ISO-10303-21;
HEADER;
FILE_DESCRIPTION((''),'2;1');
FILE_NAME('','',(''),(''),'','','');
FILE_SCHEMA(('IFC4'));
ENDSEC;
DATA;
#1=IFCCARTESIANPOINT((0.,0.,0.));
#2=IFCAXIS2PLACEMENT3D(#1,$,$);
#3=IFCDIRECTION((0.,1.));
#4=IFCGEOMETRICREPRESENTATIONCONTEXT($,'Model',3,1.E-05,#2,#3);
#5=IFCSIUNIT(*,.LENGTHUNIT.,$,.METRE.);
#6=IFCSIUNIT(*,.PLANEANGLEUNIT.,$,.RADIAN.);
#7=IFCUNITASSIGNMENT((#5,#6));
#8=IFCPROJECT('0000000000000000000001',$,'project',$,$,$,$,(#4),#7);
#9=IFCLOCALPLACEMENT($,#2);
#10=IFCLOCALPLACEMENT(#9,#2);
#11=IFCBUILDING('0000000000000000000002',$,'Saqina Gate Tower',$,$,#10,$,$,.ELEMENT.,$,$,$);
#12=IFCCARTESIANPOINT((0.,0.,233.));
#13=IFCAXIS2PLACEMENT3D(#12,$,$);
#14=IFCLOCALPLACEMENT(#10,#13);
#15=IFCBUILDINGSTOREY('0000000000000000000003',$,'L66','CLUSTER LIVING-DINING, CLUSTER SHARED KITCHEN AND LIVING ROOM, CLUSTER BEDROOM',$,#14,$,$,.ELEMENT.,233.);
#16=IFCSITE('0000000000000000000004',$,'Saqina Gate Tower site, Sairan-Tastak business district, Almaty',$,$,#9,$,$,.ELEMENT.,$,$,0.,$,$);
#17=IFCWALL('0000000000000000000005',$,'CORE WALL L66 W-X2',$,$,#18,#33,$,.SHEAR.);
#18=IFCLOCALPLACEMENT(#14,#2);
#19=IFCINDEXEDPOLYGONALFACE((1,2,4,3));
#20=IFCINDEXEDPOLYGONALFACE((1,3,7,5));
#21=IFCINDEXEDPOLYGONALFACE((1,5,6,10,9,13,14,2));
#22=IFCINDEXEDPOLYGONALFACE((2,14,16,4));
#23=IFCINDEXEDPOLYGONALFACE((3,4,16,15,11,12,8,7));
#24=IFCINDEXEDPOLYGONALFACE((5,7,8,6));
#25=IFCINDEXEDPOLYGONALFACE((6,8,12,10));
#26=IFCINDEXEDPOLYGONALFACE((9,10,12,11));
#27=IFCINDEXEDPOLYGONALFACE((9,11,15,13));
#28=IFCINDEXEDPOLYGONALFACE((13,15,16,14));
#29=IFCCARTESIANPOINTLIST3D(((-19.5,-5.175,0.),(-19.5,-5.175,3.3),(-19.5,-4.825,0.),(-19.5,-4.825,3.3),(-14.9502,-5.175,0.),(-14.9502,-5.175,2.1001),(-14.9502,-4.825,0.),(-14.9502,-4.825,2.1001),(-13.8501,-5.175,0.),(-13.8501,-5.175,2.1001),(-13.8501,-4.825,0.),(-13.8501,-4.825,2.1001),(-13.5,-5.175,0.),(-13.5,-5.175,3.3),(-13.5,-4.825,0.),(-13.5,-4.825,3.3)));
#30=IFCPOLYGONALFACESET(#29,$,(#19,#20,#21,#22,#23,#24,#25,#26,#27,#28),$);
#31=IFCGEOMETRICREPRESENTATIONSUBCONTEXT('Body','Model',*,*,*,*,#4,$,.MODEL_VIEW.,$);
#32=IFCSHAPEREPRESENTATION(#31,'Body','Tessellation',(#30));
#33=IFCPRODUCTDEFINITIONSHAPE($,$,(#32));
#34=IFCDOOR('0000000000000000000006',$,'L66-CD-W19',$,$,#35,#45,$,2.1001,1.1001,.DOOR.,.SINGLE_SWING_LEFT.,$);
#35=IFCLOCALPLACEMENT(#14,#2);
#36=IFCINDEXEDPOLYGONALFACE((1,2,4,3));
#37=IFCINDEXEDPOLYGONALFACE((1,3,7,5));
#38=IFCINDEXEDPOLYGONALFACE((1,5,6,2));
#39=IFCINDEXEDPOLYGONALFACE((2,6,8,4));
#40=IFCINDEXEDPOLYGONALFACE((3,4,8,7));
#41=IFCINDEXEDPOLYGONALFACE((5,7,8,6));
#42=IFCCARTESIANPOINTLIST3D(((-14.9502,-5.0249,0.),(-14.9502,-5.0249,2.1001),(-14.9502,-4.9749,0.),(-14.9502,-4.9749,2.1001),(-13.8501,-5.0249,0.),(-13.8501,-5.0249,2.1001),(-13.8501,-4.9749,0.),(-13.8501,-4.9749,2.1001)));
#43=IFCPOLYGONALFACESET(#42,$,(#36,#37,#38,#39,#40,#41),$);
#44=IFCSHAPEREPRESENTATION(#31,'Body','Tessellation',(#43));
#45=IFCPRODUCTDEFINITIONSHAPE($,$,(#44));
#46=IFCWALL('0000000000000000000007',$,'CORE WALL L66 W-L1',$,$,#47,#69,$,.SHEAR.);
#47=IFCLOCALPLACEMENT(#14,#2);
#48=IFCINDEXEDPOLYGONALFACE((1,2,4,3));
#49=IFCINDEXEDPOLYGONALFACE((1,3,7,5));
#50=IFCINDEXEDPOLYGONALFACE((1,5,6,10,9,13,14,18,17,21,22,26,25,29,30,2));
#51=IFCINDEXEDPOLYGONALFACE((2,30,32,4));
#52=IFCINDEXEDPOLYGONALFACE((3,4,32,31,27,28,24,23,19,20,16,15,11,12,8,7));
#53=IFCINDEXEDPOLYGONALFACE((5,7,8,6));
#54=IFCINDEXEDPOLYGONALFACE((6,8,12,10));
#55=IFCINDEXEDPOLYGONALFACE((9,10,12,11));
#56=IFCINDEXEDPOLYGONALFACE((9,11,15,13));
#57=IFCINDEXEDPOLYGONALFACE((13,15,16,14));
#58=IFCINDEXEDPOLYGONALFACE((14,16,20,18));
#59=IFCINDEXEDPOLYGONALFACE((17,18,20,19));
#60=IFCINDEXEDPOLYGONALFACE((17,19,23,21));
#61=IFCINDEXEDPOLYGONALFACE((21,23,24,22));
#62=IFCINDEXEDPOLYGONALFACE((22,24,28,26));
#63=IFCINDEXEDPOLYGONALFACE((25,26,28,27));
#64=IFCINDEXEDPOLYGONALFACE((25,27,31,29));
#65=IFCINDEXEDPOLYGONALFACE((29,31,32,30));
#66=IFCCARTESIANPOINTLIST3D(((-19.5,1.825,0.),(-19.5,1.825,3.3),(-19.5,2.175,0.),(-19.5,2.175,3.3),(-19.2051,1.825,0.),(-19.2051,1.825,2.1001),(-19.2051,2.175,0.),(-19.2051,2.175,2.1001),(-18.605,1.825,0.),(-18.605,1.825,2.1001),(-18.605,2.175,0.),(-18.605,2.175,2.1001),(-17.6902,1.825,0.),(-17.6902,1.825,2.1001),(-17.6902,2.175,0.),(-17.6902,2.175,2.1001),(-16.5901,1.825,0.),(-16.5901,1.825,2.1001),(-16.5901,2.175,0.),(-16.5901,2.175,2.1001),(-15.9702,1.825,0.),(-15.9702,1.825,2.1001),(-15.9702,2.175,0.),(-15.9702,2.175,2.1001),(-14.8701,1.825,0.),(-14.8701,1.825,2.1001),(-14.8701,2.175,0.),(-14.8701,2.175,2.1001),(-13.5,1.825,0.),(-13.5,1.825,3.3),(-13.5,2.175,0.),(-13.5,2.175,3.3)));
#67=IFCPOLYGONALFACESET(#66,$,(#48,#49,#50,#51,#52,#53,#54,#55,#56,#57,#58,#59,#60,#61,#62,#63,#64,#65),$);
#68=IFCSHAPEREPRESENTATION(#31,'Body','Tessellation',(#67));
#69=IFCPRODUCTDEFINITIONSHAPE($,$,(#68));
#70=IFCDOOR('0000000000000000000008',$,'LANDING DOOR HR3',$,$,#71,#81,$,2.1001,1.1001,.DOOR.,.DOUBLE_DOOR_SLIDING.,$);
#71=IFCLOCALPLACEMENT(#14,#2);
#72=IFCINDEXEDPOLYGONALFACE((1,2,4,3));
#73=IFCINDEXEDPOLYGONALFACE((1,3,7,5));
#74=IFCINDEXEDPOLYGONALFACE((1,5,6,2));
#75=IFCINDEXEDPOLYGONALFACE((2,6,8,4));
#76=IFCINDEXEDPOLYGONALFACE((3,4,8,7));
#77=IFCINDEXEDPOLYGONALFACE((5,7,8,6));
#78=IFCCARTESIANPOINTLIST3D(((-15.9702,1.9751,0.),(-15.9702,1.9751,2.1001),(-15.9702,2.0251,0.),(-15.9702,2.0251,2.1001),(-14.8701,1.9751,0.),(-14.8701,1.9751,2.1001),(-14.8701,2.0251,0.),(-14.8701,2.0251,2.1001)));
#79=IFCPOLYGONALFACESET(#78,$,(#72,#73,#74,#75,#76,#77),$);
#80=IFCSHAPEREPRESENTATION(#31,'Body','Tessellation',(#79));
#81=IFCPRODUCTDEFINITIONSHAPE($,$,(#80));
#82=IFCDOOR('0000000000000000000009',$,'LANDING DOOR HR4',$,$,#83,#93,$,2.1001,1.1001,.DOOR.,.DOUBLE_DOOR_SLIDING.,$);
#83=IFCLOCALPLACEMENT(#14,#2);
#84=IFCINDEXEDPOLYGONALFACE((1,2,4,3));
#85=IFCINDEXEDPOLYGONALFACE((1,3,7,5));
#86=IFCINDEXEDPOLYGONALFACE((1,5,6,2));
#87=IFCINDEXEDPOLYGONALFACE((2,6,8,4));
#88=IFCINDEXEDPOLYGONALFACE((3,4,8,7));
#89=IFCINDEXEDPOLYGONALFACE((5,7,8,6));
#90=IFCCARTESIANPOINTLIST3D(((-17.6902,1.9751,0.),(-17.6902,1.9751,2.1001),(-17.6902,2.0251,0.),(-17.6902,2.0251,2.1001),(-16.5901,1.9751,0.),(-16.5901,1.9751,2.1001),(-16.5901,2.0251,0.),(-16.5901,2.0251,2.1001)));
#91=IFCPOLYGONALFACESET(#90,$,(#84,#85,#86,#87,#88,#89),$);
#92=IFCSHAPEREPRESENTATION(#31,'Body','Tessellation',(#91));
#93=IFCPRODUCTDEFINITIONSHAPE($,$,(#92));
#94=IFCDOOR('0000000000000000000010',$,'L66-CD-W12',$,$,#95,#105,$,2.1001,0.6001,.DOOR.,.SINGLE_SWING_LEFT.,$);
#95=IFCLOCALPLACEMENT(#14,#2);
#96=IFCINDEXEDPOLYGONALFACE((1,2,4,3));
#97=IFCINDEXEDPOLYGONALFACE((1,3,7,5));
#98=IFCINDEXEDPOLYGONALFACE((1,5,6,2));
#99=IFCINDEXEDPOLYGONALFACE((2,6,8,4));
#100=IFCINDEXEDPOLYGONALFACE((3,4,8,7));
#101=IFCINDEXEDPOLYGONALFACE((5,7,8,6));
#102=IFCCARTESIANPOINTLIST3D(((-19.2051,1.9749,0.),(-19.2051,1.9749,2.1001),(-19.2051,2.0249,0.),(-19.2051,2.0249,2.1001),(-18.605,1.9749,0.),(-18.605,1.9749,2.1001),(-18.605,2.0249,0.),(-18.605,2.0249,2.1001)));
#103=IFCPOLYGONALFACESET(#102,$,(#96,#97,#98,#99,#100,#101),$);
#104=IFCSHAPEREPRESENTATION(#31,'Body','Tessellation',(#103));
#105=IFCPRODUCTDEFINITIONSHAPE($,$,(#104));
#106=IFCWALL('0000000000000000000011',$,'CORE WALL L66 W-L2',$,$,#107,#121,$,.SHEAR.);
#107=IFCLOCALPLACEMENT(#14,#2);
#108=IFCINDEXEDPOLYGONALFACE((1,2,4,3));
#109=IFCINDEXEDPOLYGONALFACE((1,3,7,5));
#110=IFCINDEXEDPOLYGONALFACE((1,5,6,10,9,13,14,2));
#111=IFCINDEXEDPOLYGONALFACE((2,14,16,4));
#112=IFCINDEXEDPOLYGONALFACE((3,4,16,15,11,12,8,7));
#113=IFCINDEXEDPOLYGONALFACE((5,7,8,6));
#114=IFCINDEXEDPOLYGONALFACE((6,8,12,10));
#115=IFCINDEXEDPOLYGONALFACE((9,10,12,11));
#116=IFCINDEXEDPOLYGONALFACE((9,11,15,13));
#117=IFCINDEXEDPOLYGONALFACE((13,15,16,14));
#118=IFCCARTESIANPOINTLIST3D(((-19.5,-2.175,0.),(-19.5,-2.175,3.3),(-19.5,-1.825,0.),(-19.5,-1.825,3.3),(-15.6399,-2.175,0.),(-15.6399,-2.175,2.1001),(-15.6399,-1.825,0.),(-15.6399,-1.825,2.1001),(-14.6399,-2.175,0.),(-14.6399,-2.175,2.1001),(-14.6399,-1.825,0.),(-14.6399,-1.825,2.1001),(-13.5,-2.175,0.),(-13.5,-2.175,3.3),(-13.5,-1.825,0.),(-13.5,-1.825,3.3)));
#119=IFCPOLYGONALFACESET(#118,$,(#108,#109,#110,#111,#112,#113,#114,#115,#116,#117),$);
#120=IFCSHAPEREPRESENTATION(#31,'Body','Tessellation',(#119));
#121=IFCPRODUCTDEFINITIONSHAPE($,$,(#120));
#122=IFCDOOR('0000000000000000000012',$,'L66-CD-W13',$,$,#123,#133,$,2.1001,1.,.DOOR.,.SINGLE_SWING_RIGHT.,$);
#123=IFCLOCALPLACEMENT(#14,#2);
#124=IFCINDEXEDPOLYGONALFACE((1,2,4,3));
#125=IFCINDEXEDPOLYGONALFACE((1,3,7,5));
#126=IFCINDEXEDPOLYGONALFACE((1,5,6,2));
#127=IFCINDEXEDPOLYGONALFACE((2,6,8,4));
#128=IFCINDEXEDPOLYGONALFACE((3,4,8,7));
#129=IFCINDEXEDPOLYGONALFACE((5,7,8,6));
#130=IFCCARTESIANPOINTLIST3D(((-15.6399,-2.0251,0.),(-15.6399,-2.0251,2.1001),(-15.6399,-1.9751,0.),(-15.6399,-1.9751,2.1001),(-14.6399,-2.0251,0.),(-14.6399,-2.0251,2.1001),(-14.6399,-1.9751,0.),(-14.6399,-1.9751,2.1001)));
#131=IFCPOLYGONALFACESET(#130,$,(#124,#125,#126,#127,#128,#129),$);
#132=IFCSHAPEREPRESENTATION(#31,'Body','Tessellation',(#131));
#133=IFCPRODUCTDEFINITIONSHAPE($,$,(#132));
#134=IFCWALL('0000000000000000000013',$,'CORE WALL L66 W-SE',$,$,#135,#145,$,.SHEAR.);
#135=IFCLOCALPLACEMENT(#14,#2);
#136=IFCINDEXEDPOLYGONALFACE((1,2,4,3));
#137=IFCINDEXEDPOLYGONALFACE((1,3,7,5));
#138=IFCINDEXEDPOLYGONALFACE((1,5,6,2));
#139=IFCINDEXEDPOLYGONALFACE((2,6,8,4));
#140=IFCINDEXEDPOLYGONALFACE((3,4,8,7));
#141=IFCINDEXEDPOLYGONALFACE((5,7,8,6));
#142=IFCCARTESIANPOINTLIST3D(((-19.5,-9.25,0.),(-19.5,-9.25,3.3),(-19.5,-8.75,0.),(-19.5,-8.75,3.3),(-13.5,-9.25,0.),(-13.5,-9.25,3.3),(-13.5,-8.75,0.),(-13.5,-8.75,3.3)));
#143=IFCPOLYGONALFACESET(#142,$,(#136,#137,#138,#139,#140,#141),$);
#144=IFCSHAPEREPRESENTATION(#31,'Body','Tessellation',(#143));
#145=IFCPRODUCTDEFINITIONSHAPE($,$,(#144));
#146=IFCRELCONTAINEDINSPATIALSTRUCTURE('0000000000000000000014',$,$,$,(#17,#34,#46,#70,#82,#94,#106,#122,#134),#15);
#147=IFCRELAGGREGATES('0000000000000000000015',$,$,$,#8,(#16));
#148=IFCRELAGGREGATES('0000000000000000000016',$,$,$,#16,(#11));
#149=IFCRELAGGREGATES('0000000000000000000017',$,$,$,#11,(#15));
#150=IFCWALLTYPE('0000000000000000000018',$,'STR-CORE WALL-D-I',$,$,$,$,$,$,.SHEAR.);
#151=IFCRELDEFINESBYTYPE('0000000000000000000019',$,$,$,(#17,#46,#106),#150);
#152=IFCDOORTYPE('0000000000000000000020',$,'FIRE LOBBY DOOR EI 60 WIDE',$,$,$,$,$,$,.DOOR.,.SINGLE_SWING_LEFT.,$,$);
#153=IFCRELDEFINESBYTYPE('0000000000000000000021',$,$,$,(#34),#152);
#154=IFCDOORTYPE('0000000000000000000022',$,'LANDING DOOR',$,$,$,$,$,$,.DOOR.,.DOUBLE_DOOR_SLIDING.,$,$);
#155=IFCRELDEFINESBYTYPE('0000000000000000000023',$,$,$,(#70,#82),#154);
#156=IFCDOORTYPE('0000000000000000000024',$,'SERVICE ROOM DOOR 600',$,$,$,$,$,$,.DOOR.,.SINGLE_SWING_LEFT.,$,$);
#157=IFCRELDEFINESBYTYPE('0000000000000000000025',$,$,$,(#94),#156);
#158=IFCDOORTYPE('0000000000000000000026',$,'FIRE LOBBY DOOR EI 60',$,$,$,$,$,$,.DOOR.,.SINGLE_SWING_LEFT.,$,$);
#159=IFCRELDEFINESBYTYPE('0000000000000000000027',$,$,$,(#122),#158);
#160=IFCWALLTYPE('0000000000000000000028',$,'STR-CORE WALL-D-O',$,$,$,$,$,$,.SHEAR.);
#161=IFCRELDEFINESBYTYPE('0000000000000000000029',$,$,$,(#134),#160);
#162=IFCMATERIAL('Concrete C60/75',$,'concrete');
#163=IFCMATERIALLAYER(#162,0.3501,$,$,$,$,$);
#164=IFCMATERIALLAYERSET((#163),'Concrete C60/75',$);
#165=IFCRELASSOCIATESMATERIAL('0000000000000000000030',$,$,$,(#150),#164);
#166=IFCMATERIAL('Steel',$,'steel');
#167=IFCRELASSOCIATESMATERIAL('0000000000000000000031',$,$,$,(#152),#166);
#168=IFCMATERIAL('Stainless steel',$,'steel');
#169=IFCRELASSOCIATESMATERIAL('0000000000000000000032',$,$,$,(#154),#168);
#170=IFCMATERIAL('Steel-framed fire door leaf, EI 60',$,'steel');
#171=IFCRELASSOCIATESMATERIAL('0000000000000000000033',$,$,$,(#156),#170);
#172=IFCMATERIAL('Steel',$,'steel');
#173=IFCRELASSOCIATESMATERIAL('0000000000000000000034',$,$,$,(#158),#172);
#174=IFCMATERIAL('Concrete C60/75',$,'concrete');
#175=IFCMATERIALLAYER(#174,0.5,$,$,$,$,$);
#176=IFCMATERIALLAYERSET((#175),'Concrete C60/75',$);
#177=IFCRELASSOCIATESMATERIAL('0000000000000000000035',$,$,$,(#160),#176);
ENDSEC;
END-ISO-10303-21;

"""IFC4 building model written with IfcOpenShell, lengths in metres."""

from ifc_helpers import new_model, si_unit, direction, frame, frame_2d, origin, place, context, subcontext, project, spatial, rectangle, extrude, material, layer, layer_set, type_object, element, fill, save


model = new_model("IFC4")

# Units and contexts
model_context = context("Model", 3, precision=1e-05, world=origin(), true_north=direction((0.0, 1.0)))
body_context = subcontext(model_context, "Body", "Model", "MODEL_VIEW")
ifc_project = project(units=[si_unit("LENGTHUNIT", "METRE"), si_unit("PLANEANGLEUNIT", "RADIAN")], contexts=[model_context])

# Site, building, storey
site_placement = place(None, origin())
site = spatial("IfcSite", under=ifc_project, at=site_placement, Name="Saqina Gate Tower site, Sairan-Tastak business district, Almaty", CompositionType="ELEMENT", RefElevation=0.0)
building_placement = place(site_placement, origin())
building = spatial("IfcBuilding", under=site, at=building_placement, Name="Saqina Gate Tower", CompositionType="ELEMENT")
storey_placement = place(building_placement, frame((0.0, 0.0, 233.0)))
storey = spatial("IfcBuildingStorey", under=building, at=storey_placement, Name="L66", Description="CLUSTER LIVING-DINING, CLUSTER SHARED KITCHEN AND LIVING ROOM, CLUSTER BEDROOM", CompositionType="ELEMENT", Elevation=233.0)

# Wall, opening, door
ifc_material_1 = material(Name="Concrete C60/75", Category="concrete")
ifc_layer_1 = layer(ifc_material_1, 0.3501)
ifc_layer_set_1 = layer_set([ifc_layer_1], Name="Concrete C60/75")
wall_type_1 = type_object("IfcWallType", Name="STR-CORE WALL-D-I", PredefinedType="SHEAR", material=ifc_layer_set_1)
wall_1_placement = place(storey_placement, frame((-13.5, -5.0, 0.0), z_axis=(0.0, 0.0, 1.0), x_axis=(-1.0, 0.0, 0.0)))
wall_1 = element("IfcWall", 1, at=wall_1_placement, inside=storey, type_object=wall_type_1, Name="CORE WALL L66 W-X2", PredefinedType="SHEAR", context=body_context, shape_type="SweptSolid", body=[
    extrude(rectangle(XDim=6.0, YDim=0.3501, at=frame_2d((3.0, 0.0))), origin(), (0.0, 0.0, 1.0), 3.3),
])
opening_1_placement = place(wall_1_placement, frame((0.3501, 0.0, 0.0)))
opening_1 = element("IfcOpeningElement", 2, at=opening_1_placement, cuts=wall_1, PredefinedType="OPENING", context=body_context, shape_type="SweptSolid", body=[
    extrude(rectangle(XDim=1.1001, YDim=2.1001, at=frame_2d((0.55, 1.05))), frame((0.0, 0.187, 0.0), z_axis=(0.0, -1.0, 0.0), x_axis=(1.0, 0.0, 0.0)), (0.0, 0.0, 1.0), 0.374),
])
ifc_material_2 = material(Name="Steel", Category="steel")
door_type_1 = type_object("IfcDoorType", Name="FIRE LOBBY DOOR EI 60 WIDE", OperationType="SINGLE_SWING_LEFT", PredefinedType="DOOR", material=ifc_material_2)
door_1_placement = place(opening_1_placement, origin())
door_1 = element("IfcDoor", 3, at=door_1_placement, inside=storey, type_object=door_type_1, Name="L66-CD-W19", OperationType="SINGLE_SWING_LEFT", OverallHeight=2.1001, OverallWidth=1.1001, PredefinedType="DOOR", context=body_context, shape_type="SweptSolid", body=[
    extrude(rectangle(XDim=1.1001, YDim=2.1001, at=frame_2d((0.55, 1.05))), frame((0.0, 0.0249, 0.0), z_axis=(0.0, -1.0, 0.0), x_axis=(1.0, 0.0, 0.0)), (0.0, 0.0, 1.0), 0.05),
])
fill(opening_1, door_1)

# Wall, openings, doors
wall_2_placement = place(storey_placement, frame((-13.5, 2.0, 0.0), z_axis=(0.0, 0.0, 1.0), x_axis=(-1.0, 0.0, 0.0)))
wall_2 = element("IfcWall", 4, at=wall_2_placement, inside=storey, type_object=wall_type_1, Name="CORE WALL L66 W-L1", PredefinedType="SHEAR", context=body_context, shape_type="SweptSolid", body=[
    extrude(rectangle(XDim=6.0, YDim=0.3501, at=frame_2d((3.0, 0.0))), origin(), (0.0, 0.0, 1.0), 3.3),
])
opening_2_placement = place(wall_2_placement, frame((1.3701, 0.0, 0.0)))
opening_2 = element("IfcOpeningElement", 5, at=opening_2_placement, cuts=wall_2, PredefinedType="OPENING", context=body_context, shape_type="SweptSolid", body=[
    extrude(rectangle(XDim=1.1001, YDim=2.1001, at=frame_2d((0.55, 1.05))), frame((0.0, 0.187, 0.0), z_axis=(0.0, -1.0, 0.0), x_axis=(1.0, 0.0, 0.0)), (0.0, 0.0, 1.0), 0.374),
])
opening_3_placement = place(wall_2_placement, frame((3.0901, 0.0, 0.0)))
opening_3 = element("IfcOpeningElement", 6, at=opening_3_placement, cuts=wall_2, PredefinedType="OPENING", context=body_context, shape_type="SweptSolid", body=[
    extrude(rectangle(XDim=1.1001, YDim=2.1001, at=frame_2d((0.55, 1.05))), frame((0.0, 0.187, 0.0), z_axis=(0.0, -1.0, 0.0), x_axis=(1.0, 0.0, 0.0)), (0.0, 0.0, 1.0), 0.374),
])
opening_4_placement = place(wall_2_placement, frame((5.105, 0.0, 0.0)))
opening_4 = element("IfcOpeningElement", 7, at=opening_4_placement, cuts=wall_2, PredefinedType="OPENING", context=body_context, shape_type="SweptSolid", body=[
    extrude(rectangle(XDim=0.6001, YDim=2.1001, at=frame_2d((0.3, 1.05))), frame((0.0, 0.187, 0.0), z_axis=(0.0, -1.0, 0.0), x_axis=(1.0, 0.0, 0.0)), (0.0, 0.0, 1.0), 0.374),
])
ifc_material_3 = material(Name="Stainless steel", Category="steel")
door_type_2 = type_object("IfcDoorType", Name="LANDING DOOR", OperationType="DOUBLE_DOOR_SLIDING", PredefinedType="DOOR", material=ifc_material_3)
door_2_placement = place(opening_2_placement, origin())
door_2 = element("IfcDoor", 8, at=door_2_placement, inside=storey, type_object=door_type_2, Name="LANDING DOOR HR3", OperationType="DOUBLE_DOOR_SLIDING", OverallHeight=2.1001, OverallWidth=1.1001, PredefinedType="DOOR", context=body_context, shape_type="SweptSolid", body=[
    extrude(rectangle(XDim=1.1001, YDim=2.1001, at=frame_2d((0.55, 1.05))), frame((0.0, 0.0249, 0.0), z_axis=(0.0, -1.0, 0.0), x_axis=(1.0, 0.0, 0.0)), (0.0, 0.0, 1.0), 0.05),
])
fill(opening_2, door_2)
door_3_placement = place(opening_3_placement, origin())
door_3 = element("IfcDoor", 9, at=door_3_placement, inside=storey, type_object=door_type_2, Name="LANDING DOOR HR4", OperationType="DOUBLE_DOOR_SLIDING", OverallHeight=2.1001, OverallWidth=1.1001, PredefinedType="DOOR", context=body_context, shape_type="SweptSolid", body=[
    extrude(rectangle(XDim=1.1001, YDim=2.1001, at=frame_2d((0.55, 1.05))), frame((0.0, 0.0249, 0.0), z_axis=(0.0, -1.0, 0.0), x_axis=(1.0, 0.0, 0.0)), (0.0, 0.0, 1.0), 0.05),
])
fill(opening_3, door_3)
ifc_material_4 = material(Name="Steel-framed fire door leaf, EI 60", Category="steel")
door_type_3 = type_object("IfcDoorType", Name="SERVICE ROOM DOOR 600", OperationType="SINGLE_SWING_LEFT", PredefinedType="DOOR", material=ifc_material_4)
door_4_placement = place(opening_4_placement, frame((0.6001, 0.0, 0.0), z_axis=(0.0, 0.0, 1.0), x_axis=(-1.0, 0.0, 0.0)))
door_4 = element("IfcDoor", 10, at=door_4_placement, inside=storey, type_object=door_type_3, Name="L66-CD-W12", OperationType="SINGLE_SWING_LEFT", OverallHeight=2.1001, OverallWidth=0.6001, PredefinedType="DOOR", context=body_context, shape_type="SweptSolid", body=[
    extrude(rectangle(XDim=0.6001, YDim=2.1001, at=frame_2d((0.3, 1.05))), frame((0.0, 0.0249, 0.0), z_axis=(0.0, -1.0, 0.0), x_axis=(1.0, 0.0, 0.0)), (0.0, 0.0, 1.0), 0.05),
])
fill(opening_4, door_4)

# Wall, opening, door
wall_3_placement = place(storey_placement, frame((-13.5, -2.0, 0.0), z_axis=(0.0, 0.0, 1.0), x_axis=(-1.0, 0.0, 0.0)))
wall_3 = element("IfcWall", 11, at=wall_3_placement, inside=storey, type_object=wall_type_1, Name="CORE WALL L66 W-L2", PredefinedType="SHEAR", context=body_context, shape_type="SweptSolid", body=[
    extrude(rectangle(XDim=6.0, YDim=0.3501, at=frame_2d((3.0, 0.0))), origin(), (0.0, 0.0, 1.0), 3.3),
])
opening_5_placement = place(wall_3_placement, frame((1.1399, 0.0, 0.0)))
opening_5 = element("IfcOpeningElement", 12, at=opening_5_placement, cuts=wall_3, PredefinedType="OPENING", context=body_context, shape_type="SweptSolid", body=[
    extrude(rectangle(XDim=1.0, YDim=2.1001, at=frame_2d((0.5, 1.05))), frame((0.0, 0.187, 0.0), z_axis=(0.0, -1.0, 0.0), x_axis=(1.0, 0.0, 0.0)), (0.0, 0.0, 1.0), 0.374),
])
ifc_material_5 = material(Name="Steel", Category="steel")
door_type_4 = type_object("IfcDoorType", Name="FIRE LOBBY DOOR EI 60", OperationType="SINGLE_SWING_LEFT", PredefinedType="DOOR", material=ifc_material_5)
door_5_placement = place(opening_5_placement, frame((1.0, 0.0, 0.0), z_axis=(0.0, 0.0, 1.0), x_axis=(-1.0, 0.0, 0.0)))
door_5 = element("IfcDoor", 13, at=door_5_placement, inside=storey, type_object=door_type_4, Name="L66-CD-W13", OperationType="SINGLE_SWING_RIGHT", OverallHeight=2.1001, OverallWidth=1.0, PredefinedType="DOOR", context=body_context, shape_type="SweptSolid", body=[
    extrude(rectangle(XDim=1.0, YDim=2.1001, at=frame_2d((0.5, 1.05))), frame((0.0, 0.0249, 0.0), z_axis=(0.0, -1.0, 0.0), x_axis=(1.0, 0.0, 0.0)), (0.0, 0.0, 1.0), 0.05),
])
fill(opening_5, door_5)

# Wall
ifc_material_6 = material(Name="Concrete C60/75", Category="concrete")
ifc_layer_2 = layer(ifc_material_6, 0.5)
ifc_layer_set_2 = layer_set([ifc_layer_2], Name="Concrete C60/75")
wall_type_2 = type_object("IfcWallType", Name="STR-CORE WALL-D-O", PredefinedType="SHEAR", material=ifc_layer_set_2)
wall_4_placement = place(storey_placement, frame((-13.5, -9.0, 0.0), z_axis=(0.0, 0.0, 1.0), x_axis=(-1.0, 0.0, 0.0)))
element("IfcWall", 14, at=wall_4_placement, inside=storey, type_object=wall_type_2, Name="CORE WALL L66 W-SE", PredefinedType="SHEAR", context=body_context, shape_type="SweptSolid", body=[
    extrude(rectangle(XDim=6.0, YDim=0.5, at=frame_2d((3.0, 0.0))), origin(), (0.0, 0.0, 1.0), 3.3),
])

save(model, "model.ifc")
